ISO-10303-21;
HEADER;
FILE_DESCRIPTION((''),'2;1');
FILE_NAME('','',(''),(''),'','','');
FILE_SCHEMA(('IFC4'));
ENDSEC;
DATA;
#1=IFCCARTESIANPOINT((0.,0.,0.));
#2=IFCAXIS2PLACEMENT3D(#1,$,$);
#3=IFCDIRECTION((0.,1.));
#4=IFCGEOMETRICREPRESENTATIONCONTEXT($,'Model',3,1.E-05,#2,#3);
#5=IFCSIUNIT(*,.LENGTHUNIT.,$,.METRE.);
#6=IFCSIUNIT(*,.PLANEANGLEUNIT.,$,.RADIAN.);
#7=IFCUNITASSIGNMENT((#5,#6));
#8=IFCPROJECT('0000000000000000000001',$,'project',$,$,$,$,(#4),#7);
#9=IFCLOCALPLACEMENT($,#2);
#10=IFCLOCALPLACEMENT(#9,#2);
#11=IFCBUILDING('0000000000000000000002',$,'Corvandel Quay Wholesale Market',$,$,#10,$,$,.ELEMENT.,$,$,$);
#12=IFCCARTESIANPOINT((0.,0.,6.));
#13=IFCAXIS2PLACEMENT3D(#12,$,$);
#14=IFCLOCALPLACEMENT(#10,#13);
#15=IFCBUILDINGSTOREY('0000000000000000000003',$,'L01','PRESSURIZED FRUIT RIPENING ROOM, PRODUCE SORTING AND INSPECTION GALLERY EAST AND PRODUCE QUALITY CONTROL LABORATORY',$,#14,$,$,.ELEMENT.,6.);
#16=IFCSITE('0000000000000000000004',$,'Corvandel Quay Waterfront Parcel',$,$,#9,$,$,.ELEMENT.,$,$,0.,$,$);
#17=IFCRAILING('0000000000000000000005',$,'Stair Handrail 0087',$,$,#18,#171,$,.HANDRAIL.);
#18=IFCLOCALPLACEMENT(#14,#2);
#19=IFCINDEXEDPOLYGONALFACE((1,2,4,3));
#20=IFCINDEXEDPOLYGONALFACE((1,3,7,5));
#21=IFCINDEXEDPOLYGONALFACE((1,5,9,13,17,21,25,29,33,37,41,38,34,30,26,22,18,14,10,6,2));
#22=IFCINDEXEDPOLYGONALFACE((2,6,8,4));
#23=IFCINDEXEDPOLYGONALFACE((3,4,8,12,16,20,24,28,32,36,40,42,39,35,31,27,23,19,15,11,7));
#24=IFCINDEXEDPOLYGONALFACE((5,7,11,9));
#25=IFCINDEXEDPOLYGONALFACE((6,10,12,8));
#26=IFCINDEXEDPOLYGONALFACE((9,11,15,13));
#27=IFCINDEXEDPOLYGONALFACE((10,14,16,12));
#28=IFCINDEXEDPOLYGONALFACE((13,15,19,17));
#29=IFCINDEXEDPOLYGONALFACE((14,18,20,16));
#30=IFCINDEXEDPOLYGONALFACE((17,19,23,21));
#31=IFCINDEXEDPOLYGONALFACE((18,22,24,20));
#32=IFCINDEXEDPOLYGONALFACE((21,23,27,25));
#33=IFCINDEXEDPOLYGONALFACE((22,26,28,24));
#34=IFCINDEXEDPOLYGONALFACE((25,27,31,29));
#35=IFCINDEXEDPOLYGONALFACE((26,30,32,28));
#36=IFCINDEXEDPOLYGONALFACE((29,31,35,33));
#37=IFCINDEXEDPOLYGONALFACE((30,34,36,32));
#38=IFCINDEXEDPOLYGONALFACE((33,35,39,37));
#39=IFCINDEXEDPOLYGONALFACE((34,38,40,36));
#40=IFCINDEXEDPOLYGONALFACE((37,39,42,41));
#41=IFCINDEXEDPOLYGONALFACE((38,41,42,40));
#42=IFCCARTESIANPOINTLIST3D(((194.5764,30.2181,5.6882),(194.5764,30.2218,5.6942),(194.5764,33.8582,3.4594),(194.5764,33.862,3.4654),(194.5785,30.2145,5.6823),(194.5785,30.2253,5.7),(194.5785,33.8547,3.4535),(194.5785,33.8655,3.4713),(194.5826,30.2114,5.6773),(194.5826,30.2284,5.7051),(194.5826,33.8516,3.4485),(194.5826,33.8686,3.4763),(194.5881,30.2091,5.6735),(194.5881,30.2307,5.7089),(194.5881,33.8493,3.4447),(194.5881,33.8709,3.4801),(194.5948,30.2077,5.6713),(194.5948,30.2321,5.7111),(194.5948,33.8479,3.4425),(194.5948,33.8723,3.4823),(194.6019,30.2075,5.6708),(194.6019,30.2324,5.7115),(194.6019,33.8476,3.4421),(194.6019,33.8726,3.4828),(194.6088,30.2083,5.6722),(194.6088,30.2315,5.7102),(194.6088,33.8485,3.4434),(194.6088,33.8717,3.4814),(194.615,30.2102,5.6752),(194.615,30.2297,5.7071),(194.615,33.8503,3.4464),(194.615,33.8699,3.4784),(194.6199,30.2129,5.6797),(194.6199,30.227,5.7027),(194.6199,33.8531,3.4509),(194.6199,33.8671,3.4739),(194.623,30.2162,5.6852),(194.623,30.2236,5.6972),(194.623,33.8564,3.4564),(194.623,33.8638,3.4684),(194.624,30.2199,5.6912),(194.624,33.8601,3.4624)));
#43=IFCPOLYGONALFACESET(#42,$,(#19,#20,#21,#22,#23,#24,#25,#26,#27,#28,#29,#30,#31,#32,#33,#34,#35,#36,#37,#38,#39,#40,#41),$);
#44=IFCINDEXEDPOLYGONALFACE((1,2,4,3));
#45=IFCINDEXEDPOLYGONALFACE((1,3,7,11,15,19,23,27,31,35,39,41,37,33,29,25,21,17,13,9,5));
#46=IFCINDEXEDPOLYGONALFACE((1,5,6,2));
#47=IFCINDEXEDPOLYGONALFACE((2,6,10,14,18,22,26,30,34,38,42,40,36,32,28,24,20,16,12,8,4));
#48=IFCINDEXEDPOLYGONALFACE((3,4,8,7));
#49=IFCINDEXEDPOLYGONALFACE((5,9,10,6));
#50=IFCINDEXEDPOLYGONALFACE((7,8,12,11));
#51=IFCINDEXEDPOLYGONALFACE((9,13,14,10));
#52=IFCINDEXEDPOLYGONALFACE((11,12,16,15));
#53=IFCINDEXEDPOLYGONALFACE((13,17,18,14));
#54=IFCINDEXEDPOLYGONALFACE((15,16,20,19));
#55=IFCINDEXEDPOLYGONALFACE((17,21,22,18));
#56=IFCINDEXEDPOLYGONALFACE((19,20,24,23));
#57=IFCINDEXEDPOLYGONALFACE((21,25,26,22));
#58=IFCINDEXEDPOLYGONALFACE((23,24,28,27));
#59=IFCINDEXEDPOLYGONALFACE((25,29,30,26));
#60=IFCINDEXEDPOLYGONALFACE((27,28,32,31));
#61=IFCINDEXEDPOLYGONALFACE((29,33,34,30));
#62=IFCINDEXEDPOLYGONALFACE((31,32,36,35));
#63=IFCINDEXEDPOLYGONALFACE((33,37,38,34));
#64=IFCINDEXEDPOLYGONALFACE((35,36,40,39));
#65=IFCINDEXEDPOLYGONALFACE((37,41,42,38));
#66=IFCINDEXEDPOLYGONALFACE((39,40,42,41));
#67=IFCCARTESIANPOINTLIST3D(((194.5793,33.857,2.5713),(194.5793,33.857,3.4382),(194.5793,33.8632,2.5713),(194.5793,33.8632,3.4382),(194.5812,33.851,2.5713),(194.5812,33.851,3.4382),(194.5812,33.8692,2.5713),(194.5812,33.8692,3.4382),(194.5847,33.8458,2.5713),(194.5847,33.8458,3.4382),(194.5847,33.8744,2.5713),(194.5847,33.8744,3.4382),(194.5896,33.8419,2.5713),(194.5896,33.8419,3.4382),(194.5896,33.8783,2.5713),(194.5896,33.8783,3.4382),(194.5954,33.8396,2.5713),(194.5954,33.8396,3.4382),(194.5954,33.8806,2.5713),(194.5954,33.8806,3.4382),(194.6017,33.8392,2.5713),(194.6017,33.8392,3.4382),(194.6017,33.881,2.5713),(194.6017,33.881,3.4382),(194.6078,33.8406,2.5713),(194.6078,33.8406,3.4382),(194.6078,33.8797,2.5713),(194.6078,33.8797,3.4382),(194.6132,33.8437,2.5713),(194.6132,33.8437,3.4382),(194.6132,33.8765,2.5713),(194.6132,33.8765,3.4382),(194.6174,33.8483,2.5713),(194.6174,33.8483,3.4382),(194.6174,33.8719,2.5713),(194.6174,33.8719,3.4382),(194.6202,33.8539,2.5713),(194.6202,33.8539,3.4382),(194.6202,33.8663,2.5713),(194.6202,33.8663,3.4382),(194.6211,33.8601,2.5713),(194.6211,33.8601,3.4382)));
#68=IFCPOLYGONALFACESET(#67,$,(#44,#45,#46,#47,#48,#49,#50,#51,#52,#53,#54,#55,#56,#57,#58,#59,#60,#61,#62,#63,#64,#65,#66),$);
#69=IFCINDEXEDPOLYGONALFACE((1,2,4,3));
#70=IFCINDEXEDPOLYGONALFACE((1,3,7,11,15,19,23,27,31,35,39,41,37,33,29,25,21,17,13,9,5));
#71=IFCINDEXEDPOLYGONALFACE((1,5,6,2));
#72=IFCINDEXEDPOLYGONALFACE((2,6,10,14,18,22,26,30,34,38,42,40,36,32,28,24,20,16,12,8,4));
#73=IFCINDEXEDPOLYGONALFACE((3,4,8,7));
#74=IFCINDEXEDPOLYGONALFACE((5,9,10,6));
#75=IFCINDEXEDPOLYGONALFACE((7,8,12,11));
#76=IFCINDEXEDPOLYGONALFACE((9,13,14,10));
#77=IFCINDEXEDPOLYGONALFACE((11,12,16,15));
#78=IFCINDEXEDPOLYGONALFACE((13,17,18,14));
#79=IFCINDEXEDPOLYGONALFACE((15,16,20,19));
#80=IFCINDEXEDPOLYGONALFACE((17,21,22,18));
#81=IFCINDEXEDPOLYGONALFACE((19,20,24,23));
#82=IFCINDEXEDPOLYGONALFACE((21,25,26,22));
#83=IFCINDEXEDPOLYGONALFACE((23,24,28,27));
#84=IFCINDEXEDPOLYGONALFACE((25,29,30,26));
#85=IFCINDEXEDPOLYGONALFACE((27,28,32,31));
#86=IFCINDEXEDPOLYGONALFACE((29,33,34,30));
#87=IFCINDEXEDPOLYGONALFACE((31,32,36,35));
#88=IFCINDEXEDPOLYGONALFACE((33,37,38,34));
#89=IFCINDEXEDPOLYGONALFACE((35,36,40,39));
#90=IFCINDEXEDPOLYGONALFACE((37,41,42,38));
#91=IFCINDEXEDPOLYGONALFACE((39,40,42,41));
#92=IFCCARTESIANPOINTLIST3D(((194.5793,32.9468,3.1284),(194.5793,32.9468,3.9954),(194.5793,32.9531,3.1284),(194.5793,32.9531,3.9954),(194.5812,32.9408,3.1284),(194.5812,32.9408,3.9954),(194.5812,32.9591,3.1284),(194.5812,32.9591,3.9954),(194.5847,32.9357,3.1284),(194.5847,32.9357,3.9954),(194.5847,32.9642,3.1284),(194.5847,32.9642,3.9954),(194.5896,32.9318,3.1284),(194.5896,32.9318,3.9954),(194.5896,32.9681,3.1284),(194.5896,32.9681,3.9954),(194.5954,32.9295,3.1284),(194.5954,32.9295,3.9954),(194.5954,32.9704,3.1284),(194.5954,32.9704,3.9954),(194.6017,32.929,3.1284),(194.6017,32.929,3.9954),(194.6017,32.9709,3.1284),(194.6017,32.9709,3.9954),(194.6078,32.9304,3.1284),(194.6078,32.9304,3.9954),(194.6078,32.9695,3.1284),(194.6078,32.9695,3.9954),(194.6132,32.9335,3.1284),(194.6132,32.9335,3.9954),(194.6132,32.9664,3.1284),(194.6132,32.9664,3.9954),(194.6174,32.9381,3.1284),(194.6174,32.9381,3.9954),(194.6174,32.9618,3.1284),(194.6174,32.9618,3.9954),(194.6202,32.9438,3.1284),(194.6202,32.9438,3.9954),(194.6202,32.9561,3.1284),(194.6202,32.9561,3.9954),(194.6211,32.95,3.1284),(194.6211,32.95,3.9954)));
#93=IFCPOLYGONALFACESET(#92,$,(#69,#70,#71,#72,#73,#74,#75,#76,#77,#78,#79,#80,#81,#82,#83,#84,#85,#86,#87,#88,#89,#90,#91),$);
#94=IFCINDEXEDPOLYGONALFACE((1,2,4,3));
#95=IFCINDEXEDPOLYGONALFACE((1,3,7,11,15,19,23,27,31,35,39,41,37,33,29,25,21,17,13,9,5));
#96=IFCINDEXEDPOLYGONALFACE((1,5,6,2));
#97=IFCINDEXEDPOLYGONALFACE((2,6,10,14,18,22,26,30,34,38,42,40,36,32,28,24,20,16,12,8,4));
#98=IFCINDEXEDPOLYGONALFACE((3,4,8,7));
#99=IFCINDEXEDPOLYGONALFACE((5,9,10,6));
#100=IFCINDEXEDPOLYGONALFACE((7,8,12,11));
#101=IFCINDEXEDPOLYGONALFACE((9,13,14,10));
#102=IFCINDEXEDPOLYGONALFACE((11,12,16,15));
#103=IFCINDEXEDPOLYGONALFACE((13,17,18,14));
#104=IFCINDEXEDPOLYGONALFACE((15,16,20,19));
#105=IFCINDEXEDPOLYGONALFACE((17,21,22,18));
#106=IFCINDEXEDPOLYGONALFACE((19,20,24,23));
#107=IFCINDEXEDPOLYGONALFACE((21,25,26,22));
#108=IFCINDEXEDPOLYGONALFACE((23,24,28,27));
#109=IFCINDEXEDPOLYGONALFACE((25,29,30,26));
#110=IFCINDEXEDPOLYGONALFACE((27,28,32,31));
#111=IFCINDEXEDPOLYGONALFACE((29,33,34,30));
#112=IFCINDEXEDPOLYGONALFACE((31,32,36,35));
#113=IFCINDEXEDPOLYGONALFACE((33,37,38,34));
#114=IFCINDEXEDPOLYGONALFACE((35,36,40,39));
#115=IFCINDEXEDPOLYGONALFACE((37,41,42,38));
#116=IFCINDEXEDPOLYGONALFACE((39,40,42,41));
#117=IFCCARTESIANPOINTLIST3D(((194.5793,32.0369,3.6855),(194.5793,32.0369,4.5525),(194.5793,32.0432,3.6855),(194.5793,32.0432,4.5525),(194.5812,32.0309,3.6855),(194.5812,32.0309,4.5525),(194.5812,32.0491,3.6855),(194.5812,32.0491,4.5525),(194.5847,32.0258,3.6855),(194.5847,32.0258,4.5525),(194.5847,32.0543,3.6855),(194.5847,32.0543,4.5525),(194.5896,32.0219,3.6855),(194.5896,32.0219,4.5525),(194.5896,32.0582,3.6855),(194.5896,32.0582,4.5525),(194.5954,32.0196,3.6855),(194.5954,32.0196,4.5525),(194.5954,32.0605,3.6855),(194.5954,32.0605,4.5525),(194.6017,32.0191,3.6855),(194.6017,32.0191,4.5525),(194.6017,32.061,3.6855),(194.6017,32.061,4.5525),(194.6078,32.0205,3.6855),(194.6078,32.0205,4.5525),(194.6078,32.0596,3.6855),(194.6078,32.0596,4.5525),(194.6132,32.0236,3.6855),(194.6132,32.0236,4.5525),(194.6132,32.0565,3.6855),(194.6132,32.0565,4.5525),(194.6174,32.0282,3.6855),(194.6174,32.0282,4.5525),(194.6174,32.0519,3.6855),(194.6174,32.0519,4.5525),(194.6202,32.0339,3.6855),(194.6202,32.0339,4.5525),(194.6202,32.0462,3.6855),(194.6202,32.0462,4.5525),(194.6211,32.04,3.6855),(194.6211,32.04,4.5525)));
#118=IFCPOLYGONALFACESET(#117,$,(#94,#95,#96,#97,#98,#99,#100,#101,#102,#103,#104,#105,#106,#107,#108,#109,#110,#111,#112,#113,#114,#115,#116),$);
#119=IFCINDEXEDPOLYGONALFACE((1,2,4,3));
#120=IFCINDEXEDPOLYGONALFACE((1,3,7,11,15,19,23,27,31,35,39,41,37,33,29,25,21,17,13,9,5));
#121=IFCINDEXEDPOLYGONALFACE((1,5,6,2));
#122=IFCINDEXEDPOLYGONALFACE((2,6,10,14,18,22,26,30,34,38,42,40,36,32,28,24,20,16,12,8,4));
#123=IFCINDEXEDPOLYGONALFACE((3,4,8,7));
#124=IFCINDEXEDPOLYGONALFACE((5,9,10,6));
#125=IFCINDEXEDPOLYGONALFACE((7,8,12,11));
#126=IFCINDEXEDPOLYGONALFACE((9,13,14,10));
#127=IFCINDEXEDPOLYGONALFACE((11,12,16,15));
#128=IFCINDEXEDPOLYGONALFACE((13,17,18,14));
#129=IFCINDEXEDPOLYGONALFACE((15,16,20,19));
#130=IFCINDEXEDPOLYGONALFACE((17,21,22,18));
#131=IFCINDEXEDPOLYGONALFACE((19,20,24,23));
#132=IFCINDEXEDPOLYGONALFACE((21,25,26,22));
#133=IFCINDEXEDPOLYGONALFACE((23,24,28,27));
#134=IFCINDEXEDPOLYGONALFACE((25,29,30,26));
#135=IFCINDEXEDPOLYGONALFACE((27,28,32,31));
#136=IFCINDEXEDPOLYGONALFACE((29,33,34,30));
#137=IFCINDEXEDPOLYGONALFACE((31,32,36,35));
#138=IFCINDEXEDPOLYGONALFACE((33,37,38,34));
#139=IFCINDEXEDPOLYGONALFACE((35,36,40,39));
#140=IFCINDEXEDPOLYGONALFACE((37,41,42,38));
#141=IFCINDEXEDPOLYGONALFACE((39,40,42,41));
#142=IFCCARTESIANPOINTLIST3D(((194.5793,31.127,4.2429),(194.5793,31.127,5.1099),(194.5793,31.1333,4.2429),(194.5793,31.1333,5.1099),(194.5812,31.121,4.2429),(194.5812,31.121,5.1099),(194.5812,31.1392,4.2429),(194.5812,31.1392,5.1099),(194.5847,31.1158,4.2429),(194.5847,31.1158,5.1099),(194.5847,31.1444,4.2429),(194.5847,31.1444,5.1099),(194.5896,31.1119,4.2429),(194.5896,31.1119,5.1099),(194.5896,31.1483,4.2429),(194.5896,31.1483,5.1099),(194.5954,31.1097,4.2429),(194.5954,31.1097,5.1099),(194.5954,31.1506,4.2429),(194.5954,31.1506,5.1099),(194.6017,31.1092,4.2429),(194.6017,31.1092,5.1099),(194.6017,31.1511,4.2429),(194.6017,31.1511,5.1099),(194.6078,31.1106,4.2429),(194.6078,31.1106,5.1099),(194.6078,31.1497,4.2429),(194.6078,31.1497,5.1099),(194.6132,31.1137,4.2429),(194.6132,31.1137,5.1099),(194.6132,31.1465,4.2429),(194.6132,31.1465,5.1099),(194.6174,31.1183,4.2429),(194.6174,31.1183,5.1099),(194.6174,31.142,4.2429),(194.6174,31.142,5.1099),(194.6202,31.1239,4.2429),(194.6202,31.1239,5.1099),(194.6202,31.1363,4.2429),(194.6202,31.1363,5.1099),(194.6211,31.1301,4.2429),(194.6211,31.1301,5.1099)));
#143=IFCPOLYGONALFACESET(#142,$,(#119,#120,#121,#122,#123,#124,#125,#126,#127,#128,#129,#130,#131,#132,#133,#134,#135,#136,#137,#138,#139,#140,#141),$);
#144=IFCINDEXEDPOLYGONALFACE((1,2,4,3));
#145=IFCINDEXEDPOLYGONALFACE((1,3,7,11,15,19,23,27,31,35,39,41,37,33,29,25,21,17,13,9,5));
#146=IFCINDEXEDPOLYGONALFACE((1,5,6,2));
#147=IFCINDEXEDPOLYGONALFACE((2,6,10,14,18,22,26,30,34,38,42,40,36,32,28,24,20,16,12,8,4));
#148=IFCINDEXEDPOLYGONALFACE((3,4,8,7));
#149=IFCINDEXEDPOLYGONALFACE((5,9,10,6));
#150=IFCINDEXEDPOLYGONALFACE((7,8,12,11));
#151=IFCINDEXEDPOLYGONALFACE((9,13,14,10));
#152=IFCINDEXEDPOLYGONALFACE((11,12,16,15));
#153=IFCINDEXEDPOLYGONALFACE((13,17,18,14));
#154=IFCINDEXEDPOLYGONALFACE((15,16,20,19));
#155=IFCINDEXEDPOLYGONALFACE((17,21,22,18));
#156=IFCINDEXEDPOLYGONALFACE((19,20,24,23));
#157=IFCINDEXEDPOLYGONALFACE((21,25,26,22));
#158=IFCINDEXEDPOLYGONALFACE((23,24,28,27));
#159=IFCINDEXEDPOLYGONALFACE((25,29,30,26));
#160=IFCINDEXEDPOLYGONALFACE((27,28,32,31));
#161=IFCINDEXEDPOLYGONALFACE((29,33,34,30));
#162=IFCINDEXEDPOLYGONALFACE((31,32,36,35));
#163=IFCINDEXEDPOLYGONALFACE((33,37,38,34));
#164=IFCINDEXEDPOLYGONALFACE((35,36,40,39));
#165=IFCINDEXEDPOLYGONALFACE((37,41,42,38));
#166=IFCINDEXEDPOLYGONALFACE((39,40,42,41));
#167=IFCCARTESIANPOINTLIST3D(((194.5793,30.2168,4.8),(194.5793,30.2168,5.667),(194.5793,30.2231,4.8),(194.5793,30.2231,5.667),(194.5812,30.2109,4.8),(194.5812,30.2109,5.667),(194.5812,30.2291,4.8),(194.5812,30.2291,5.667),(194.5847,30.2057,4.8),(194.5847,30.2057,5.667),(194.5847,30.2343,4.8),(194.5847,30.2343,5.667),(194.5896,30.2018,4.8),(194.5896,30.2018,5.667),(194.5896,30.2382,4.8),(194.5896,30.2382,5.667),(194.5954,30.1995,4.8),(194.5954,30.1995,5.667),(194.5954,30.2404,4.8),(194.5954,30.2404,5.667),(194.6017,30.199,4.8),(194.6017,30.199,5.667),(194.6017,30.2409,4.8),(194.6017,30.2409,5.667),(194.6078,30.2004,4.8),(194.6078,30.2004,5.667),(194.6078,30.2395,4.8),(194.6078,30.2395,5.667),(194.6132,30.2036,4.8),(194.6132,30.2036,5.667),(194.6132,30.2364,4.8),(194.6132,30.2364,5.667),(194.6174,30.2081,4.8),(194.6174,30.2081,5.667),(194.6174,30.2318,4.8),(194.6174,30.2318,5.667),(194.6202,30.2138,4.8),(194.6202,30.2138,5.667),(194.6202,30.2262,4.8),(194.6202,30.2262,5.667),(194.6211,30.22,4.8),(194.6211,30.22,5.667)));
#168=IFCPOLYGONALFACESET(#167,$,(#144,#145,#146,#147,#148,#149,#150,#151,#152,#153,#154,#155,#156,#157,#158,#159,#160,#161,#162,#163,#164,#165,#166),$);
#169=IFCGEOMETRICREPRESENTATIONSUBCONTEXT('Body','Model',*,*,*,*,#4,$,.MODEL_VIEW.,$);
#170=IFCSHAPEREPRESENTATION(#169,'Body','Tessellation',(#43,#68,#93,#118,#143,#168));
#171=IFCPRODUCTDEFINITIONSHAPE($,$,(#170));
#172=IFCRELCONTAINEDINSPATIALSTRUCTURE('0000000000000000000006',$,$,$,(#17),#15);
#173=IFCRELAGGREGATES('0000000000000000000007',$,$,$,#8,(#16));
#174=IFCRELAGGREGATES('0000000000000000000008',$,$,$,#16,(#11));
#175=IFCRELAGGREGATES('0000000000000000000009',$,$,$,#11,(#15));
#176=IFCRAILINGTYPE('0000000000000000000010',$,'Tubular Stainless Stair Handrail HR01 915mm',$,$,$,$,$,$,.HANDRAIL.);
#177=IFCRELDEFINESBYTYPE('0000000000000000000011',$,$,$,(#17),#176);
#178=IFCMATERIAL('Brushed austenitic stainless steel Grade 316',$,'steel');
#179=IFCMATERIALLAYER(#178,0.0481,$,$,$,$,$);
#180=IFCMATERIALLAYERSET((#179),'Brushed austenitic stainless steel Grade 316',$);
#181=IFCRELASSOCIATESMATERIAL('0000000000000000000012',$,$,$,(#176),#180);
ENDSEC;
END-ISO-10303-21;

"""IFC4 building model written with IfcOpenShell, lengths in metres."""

from ifc_helpers import new_model, si_unit, direction, frame, origin, origin_2d, place, context, subcontext, project, spatial, circle, extrude, material, layer, layer_set, type_object, element, save


model = new_model("IFC4")

# Units and contexts
model_context = context("Model", 3, precision=1e-05, world=origin(), true_north=direction((0.0, 1.0)))
body_context = subcontext(model_context, "Body", "Model", "MODEL_VIEW")
ifc_project = project(units=[si_unit("LENGTHUNIT", "METRE"), si_unit("PLANEANGLEUNIT", "RADIAN")], contexts=[model_context])

# Site, building, storey
site_placement = place(None, origin())
site = spatial("IfcSite", under=ifc_project, at=site_placement, Name="Corvandel Quay Waterfront Parcel", CompositionType="ELEMENT", RefElevation=0.0)
building_placement = place(site_placement, origin())
building = spatial("IfcBuilding", under=site, at=building_placement, Name="Corvandel Quay Wholesale Market", CompositionType="ELEMENT")
storey_placement = place(building_placement, frame((0.0, 0.0, 6.0)))
storey = spatial("IfcBuildingStorey", under=building, at=storey_placement, Name="L01", Description="PRESSURIZED FRUIT RIPENING ROOM, PRODUCE SORTING AND INSPECTION GALLERY EAST AND PRODUCE QUALITY CONTROL LABORATORY", CompositionType="ELEMENT", Elevation=6.0)

# Railing
ifc_material_1 = material(Name="Brushed austenitic stainless steel Grade 316", Category="steel")
ifc_layer_1 = layer(ifc_material_1, 0.0481)
ifc_layer_set_1 = layer_set([ifc_layer_1], Name="Brushed austenitic stainless steel Grade 316")
railing_type_1 = type_object("IfcRailingType", Name="Tubular Stainless Stair Handrail HR01 915mm", PredefinedType="HANDRAIL", material=ifc_layer_set_1)
for number, where, name in (
    (1, (194.6001, 33.8601, 2.5713), "Stair Handrail 0087"),
):
    element("IfcRailing", number, at=place(storey_placement, frame(where)), inside=storey, type_object=railing_type_1, Name=name, PredefinedType="HANDRAIL", context=body_context, shape_type="SweptSolid", body=[
        extrude(circle(Radius=0.0239, at=origin_2d()), frame((0.0, 0.0, 0.8911), z_axis=(0.0, -0.85284, 0.522172), x_axis=(1.0, 0.0, 0.0)), (0.0, 0.0, 1.0), 4.2683),
        extrude(circle(Radius=0.021, at=origin_2d()), origin(), (0.0, 0.0, 1.0), 0.8669),
        extrude(circle(Radius=0.021, at=origin_2d()), frame((0.0, -0.9102, 0.5571)), (0.0, 0.0, 1.0), 0.8669),
        extrude(circle(Radius=0.021, at=origin_2d()), frame((0.0, -1.8201, 1.1143)), (0.0, 0.0, 1.0), 0.8669),
        extrude(circle(Radius=0.021, at=origin_2d()), frame((0.0, -2.73, 1.6716)), (0.0, 0.0, 1.0), 0.8669),
        extrude(circle(Radius=0.021, at=origin_2d()), frame((0.0, -3.6401, 2.2288)), (0.0, 0.0, 1.0), 0.8669),
    ])

save(model, "model.ifc")
